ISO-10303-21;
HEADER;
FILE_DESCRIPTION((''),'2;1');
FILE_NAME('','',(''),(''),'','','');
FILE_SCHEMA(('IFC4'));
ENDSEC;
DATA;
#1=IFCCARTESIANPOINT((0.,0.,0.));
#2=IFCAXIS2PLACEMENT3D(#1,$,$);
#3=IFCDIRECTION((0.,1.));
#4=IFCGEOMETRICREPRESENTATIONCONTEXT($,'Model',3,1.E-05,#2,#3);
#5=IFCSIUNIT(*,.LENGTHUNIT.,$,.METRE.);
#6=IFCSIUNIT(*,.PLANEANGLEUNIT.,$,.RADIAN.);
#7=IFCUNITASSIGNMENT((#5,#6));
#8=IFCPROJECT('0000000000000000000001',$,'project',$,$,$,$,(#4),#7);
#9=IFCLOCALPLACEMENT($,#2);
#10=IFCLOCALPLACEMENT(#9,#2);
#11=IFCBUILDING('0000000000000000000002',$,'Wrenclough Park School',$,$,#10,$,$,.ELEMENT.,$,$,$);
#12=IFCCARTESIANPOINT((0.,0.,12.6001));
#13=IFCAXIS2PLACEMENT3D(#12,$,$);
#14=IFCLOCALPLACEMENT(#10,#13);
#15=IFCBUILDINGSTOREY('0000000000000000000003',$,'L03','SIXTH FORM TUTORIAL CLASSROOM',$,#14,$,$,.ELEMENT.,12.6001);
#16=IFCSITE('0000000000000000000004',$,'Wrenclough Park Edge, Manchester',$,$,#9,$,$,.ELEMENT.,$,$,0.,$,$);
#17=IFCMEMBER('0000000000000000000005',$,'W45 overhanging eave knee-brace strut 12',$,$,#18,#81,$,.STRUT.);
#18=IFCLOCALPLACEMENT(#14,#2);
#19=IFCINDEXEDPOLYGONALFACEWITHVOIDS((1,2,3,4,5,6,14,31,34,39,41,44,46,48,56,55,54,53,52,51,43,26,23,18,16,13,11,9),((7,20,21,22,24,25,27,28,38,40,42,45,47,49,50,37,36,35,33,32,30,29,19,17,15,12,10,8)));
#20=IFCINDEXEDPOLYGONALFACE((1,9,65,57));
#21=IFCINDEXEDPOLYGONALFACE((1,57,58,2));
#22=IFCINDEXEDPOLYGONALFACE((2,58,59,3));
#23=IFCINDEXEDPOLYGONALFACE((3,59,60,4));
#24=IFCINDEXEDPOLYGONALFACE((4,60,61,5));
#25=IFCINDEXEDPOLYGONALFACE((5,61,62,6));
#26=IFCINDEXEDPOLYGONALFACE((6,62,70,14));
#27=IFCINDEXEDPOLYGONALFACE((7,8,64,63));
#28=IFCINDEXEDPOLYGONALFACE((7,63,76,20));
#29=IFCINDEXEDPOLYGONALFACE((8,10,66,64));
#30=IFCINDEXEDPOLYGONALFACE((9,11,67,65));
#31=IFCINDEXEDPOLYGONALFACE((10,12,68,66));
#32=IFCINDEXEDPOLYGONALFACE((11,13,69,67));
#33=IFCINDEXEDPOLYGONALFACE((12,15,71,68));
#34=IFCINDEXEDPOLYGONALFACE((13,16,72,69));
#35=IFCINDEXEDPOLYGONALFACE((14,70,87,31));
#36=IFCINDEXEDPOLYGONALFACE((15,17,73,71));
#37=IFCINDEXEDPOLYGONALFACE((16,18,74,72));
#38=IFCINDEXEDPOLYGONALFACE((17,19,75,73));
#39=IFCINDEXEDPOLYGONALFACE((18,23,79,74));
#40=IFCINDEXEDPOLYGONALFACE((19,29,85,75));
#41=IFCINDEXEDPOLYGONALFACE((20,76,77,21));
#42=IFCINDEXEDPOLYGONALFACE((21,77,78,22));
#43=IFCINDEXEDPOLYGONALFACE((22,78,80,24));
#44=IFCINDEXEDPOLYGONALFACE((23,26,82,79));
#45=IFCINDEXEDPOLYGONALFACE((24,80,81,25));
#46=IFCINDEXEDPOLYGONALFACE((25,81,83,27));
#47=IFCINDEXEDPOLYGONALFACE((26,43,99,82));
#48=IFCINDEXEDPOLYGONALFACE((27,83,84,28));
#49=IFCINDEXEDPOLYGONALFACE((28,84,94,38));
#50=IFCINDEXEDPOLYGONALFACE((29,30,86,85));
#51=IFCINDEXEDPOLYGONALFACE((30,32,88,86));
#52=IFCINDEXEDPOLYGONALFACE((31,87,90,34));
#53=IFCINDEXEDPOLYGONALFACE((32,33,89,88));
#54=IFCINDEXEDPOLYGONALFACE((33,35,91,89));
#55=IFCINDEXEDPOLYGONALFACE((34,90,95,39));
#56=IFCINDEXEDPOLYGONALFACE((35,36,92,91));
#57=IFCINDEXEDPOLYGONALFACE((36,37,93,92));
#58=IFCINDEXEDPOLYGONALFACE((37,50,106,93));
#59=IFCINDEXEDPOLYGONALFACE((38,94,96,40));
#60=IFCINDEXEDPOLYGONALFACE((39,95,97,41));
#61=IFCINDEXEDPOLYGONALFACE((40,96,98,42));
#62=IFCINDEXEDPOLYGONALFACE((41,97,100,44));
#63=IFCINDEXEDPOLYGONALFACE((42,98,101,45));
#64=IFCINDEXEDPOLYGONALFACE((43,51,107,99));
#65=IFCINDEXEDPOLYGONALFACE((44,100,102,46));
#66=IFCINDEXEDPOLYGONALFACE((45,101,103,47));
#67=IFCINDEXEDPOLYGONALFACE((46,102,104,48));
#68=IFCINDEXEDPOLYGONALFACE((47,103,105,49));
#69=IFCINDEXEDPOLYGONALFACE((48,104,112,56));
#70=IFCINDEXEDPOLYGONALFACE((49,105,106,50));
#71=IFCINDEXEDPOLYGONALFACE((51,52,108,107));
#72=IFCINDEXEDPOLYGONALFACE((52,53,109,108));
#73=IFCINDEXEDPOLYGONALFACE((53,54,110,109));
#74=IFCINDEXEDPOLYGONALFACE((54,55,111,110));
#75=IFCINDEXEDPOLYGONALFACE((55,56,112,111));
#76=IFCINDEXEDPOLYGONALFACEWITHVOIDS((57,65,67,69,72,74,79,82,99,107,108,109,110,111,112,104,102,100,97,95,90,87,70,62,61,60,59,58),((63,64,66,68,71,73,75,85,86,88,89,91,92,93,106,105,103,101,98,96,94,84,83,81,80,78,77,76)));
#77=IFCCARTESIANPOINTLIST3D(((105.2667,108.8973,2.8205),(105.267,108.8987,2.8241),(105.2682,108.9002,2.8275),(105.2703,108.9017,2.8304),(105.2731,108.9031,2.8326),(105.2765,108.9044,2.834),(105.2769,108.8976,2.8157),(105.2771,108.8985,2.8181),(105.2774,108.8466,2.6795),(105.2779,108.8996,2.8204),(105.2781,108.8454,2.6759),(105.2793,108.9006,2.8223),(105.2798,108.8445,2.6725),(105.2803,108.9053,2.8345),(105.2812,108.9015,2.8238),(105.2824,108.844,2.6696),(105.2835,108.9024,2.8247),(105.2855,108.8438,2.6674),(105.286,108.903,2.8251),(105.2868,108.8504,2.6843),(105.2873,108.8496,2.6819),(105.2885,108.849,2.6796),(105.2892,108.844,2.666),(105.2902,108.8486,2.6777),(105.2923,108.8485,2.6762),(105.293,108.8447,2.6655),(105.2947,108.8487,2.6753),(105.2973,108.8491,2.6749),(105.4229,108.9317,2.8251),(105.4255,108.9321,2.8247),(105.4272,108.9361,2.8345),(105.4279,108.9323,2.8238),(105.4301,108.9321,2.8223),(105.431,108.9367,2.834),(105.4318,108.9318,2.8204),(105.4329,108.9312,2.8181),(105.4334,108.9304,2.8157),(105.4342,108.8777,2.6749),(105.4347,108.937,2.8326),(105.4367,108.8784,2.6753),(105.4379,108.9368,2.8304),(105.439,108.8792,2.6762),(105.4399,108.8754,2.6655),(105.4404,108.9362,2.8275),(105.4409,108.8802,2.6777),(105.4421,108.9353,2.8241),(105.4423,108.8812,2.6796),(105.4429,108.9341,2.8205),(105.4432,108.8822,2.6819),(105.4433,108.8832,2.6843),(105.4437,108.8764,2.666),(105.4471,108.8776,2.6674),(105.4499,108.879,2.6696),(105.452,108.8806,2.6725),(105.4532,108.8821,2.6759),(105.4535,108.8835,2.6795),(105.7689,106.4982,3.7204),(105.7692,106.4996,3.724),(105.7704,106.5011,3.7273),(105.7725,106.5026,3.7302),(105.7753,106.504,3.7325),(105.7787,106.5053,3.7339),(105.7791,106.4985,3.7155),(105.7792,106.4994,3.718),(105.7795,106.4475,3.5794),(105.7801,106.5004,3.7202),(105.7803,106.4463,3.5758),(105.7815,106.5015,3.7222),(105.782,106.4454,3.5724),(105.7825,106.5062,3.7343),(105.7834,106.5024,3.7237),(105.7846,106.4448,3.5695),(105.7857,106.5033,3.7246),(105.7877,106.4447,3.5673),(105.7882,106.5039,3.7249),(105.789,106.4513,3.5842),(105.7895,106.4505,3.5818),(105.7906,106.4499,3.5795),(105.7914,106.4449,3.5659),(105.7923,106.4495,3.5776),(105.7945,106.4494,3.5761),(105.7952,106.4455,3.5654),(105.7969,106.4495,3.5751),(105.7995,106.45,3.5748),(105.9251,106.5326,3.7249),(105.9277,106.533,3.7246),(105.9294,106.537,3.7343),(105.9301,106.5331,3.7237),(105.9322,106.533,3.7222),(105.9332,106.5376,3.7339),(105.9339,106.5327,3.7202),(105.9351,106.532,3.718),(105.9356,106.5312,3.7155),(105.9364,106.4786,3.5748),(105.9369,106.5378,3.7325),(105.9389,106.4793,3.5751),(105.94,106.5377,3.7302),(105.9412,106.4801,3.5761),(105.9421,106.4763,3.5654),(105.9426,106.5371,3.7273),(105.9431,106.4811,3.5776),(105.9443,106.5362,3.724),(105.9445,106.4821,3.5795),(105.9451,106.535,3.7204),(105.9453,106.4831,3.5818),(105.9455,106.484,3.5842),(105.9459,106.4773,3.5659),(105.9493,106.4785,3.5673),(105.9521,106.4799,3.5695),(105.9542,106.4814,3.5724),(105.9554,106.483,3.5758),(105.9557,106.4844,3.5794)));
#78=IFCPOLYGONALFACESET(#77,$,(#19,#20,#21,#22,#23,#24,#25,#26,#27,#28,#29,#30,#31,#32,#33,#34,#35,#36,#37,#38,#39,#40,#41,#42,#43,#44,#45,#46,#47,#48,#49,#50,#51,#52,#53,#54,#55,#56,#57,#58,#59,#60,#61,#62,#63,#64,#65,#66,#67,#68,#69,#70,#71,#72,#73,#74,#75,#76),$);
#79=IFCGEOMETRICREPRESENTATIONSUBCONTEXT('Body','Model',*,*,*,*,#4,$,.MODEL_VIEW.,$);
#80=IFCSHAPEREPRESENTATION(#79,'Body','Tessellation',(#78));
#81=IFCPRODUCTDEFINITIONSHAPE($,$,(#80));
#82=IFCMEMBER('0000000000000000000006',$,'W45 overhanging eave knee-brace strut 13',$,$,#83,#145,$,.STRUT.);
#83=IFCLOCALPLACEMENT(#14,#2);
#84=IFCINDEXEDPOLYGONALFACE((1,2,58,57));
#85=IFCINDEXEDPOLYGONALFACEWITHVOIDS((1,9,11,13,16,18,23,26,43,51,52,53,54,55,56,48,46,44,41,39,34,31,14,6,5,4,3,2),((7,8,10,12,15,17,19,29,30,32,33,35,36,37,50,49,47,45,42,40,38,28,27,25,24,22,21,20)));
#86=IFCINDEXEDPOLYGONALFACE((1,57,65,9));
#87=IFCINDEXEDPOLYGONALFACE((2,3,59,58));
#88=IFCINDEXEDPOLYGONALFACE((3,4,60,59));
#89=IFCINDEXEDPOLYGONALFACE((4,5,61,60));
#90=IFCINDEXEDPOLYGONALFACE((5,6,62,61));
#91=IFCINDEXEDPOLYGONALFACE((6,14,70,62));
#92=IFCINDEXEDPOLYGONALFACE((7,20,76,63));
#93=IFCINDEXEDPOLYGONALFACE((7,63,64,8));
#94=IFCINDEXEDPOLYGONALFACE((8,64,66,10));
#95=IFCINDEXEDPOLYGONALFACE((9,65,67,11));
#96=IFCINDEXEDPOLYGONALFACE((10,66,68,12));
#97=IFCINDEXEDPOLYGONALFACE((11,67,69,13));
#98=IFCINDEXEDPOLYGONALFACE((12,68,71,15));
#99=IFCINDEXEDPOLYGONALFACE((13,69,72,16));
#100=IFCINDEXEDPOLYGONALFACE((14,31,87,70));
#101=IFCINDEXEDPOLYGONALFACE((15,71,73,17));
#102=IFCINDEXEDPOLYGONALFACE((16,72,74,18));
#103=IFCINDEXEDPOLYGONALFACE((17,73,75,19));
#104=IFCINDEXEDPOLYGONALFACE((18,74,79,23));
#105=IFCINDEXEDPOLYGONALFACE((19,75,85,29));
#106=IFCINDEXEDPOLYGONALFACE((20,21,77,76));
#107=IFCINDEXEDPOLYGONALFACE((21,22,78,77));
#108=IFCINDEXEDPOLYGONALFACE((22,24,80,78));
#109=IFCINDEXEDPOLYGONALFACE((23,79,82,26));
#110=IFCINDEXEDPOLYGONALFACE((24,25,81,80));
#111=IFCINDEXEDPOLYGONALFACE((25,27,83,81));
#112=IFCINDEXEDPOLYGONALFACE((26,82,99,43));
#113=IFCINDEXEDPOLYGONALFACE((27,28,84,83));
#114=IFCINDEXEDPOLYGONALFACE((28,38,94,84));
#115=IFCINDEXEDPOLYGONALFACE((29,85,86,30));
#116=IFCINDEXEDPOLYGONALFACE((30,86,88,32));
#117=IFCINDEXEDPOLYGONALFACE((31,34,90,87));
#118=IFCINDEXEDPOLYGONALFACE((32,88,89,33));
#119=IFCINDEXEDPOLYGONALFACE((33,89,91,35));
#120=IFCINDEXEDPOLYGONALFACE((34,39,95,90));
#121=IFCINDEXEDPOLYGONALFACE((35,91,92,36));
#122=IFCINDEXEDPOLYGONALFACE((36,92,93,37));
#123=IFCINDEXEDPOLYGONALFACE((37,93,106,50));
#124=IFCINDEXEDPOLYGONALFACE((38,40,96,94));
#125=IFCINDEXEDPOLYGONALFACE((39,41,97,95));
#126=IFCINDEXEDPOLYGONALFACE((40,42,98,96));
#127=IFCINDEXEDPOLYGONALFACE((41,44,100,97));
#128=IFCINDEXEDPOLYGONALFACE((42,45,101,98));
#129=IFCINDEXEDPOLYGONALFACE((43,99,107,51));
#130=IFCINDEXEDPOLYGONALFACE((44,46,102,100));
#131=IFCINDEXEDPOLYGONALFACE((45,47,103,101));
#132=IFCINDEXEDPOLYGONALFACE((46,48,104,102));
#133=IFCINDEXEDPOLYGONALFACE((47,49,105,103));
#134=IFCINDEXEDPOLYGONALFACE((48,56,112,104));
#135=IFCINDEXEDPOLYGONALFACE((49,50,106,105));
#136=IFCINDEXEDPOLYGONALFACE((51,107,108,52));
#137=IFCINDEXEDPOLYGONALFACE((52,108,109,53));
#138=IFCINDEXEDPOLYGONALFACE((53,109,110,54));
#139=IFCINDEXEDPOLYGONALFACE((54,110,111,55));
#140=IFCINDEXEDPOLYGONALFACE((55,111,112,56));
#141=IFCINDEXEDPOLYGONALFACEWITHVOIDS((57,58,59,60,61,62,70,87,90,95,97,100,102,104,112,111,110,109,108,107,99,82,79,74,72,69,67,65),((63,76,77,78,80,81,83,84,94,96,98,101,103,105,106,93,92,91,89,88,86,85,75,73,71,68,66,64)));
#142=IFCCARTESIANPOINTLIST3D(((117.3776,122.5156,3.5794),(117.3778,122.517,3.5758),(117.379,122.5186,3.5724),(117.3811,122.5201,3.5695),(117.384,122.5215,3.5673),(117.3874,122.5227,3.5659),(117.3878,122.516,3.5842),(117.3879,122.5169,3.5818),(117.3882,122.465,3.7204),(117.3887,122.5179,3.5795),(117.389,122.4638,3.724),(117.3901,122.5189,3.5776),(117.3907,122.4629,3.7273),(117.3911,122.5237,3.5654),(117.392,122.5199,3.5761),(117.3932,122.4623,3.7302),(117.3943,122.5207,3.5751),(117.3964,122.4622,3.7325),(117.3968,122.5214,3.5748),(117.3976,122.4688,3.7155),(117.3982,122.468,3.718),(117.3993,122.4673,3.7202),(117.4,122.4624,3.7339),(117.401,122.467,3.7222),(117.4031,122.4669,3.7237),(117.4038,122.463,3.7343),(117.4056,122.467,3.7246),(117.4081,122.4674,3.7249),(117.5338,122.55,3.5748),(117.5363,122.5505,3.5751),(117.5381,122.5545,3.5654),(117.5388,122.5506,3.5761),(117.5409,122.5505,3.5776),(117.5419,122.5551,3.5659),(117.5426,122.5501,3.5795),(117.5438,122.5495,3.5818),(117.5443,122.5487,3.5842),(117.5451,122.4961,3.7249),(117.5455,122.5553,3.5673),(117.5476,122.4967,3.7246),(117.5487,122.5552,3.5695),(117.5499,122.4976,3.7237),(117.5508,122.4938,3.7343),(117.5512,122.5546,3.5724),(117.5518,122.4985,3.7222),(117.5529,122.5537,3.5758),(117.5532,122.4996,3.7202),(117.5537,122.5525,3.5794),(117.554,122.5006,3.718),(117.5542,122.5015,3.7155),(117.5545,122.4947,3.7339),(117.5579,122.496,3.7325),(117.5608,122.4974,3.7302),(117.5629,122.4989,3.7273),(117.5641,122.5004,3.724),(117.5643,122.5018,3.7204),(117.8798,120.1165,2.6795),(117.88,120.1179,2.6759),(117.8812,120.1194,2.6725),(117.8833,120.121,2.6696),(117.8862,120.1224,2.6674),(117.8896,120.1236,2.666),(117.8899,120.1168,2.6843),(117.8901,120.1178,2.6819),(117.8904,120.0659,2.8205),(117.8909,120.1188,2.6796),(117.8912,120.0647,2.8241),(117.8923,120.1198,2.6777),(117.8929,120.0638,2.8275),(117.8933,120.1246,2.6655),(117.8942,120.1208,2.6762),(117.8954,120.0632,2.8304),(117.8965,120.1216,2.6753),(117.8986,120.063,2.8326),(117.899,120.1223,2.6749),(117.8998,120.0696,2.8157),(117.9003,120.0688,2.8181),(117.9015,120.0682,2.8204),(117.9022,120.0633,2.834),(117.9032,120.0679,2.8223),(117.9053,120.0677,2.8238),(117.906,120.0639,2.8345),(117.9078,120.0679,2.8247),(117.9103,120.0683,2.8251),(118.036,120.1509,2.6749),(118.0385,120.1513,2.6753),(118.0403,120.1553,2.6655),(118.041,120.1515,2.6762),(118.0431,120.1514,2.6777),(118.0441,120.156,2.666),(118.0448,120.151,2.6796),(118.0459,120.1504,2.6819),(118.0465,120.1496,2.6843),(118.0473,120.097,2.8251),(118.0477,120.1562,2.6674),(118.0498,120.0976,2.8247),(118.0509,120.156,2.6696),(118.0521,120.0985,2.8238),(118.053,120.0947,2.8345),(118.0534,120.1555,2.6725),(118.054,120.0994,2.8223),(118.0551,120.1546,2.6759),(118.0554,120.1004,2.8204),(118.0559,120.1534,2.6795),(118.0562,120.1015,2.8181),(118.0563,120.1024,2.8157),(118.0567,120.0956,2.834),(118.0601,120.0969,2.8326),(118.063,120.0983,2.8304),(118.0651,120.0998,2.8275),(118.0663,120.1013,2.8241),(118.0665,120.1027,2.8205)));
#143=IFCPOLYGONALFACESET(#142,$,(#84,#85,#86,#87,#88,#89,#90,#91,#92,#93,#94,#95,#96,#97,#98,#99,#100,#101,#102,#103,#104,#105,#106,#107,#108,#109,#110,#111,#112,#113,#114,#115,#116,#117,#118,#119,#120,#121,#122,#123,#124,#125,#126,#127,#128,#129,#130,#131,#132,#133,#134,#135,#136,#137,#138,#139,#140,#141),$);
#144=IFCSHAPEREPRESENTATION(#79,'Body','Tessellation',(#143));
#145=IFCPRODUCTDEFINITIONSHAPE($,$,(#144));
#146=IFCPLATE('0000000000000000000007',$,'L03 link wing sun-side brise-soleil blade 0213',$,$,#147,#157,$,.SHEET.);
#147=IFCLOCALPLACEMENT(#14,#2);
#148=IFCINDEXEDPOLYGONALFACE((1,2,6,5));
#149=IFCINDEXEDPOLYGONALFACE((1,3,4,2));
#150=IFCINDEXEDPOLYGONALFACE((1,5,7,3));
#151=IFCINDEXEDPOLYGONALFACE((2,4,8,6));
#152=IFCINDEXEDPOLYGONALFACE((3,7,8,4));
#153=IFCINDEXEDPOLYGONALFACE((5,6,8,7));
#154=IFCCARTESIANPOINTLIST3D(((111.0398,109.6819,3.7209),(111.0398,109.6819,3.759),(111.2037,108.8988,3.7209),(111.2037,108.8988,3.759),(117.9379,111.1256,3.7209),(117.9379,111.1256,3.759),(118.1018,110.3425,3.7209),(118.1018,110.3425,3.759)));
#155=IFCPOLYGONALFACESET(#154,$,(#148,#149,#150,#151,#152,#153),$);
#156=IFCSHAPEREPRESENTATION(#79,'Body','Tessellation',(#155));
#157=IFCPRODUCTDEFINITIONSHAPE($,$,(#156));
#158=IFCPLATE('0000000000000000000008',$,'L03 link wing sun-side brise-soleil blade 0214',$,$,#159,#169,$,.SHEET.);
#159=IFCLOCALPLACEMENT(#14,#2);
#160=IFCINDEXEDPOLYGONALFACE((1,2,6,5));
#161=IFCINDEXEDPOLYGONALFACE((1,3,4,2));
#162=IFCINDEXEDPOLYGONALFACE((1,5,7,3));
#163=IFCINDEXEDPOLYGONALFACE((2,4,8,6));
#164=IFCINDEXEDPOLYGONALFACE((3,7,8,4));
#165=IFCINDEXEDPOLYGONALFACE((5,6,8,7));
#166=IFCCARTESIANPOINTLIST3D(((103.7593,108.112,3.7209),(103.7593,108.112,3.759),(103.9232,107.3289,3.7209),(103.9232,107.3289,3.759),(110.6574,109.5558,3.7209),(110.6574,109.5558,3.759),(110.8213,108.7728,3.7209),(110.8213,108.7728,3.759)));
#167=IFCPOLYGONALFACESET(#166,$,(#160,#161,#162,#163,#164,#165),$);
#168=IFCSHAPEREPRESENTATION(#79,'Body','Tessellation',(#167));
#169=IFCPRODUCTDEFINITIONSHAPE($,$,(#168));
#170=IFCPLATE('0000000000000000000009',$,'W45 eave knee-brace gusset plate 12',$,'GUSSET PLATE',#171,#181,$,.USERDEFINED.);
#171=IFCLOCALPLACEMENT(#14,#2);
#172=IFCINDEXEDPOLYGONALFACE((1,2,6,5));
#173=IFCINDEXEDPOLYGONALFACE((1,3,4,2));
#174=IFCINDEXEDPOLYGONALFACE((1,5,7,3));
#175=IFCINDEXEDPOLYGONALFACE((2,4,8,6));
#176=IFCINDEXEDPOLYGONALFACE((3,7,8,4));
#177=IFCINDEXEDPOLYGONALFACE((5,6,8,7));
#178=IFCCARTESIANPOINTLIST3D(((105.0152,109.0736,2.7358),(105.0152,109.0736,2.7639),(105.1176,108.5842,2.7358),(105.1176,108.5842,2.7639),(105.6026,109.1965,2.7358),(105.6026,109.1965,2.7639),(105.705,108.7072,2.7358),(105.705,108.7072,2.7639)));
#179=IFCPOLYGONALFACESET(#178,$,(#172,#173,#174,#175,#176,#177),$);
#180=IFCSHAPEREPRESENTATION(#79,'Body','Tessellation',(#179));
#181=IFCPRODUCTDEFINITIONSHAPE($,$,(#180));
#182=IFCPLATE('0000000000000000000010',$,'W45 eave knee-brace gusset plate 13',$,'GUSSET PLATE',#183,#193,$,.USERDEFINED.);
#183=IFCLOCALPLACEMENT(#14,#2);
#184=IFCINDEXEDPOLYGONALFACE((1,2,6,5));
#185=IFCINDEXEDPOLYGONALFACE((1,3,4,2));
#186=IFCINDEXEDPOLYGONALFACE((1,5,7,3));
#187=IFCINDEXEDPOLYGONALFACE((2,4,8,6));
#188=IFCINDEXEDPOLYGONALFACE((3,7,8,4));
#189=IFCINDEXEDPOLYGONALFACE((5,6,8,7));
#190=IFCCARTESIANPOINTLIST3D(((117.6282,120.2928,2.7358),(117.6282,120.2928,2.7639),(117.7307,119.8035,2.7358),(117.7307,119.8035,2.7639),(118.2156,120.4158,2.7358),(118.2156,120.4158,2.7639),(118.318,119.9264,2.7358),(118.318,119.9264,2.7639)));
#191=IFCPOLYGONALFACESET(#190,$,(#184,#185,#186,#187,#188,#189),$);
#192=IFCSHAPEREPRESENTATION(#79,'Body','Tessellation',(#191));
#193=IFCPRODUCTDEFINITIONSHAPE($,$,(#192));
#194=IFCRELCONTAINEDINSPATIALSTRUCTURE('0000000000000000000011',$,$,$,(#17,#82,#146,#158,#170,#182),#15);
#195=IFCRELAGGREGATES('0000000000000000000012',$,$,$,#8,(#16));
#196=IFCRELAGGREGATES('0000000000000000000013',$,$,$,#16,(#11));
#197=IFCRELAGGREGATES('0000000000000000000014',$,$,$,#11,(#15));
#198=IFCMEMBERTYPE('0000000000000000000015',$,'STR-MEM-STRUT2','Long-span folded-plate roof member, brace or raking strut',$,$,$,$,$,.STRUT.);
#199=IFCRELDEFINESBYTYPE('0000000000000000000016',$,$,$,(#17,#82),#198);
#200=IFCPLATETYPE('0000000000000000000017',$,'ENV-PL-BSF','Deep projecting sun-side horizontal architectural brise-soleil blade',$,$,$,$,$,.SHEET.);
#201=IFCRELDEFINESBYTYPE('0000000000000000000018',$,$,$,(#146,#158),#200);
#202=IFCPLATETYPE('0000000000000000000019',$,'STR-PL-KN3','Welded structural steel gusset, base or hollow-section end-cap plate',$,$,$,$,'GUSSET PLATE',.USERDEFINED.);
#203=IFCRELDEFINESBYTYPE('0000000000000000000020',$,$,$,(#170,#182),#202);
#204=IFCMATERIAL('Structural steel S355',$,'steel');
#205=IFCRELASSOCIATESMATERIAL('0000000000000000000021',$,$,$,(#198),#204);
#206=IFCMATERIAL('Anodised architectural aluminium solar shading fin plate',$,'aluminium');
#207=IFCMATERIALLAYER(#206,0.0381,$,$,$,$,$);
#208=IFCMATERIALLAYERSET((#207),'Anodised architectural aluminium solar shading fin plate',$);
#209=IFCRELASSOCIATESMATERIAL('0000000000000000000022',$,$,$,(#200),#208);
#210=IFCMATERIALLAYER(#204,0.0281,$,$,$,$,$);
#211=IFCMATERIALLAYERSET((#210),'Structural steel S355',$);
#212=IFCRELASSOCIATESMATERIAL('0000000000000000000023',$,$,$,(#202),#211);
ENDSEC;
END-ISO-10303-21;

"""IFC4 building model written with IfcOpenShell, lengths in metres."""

from ifc_helpers import new_model, si_unit, direction, frame, origin, origin_2d, place, context, subcontext, project, spatial, rectangle, hollow_rectangle, extrude, material, layer, layer_set, material_profile, profile_set, type_object, element, save


model = new_model("IFC4")

# Units and contexts
model_context = context("Model", 3, precision=1e-05, world=origin(), true_north=direction((0.0, 1.0)))
body_context = subcontext(model_context, "Body", "Model", "MODEL_VIEW")
ifc_project = project(units=[si_unit("LENGTHUNIT", "METRE"), si_unit("PLANEANGLEUNIT", "RADIAN")], contexts=[model_context])

# Site, building, storey
site_placement = place(None, origin())
site = spatial("IfcSite", under=ifc_project, at=site_placement, Name="Wrenclough Park Edge, Manchester", CompositionType="ELEMENT", RefElevation=0.0)
building_placement = place(site_placement, origin())
building = spatial("IfcBuilding", under=site, at=building_placement, Name="Wrenclough Park School", CompositionType="ELEMENT")
storey_placement = place(building_placement, frame((0.0, 0.0, 12.6001)))
storey = spatial("IfcBuildingStorey", under=building, at=storey_placement, Name="L03", Description="SIXTH FORM TUTORIAL CLASSROOM", CompositionType="ELEMENT", Elevation=12.6001)

# Shared definitions
ifc_material_1 = material(Name="Structural steel S355", Category="steel")

# Members
ifc_material_profile_1 = material_profile(ifc_material_1, hollow_rectangle(XDim=0.1799, YDim=0.1799, WallThickness=0.01, InnerFilletRadius=0.01, OuterFilletRadius=0.0149, at=origin_2d()), Name="SHS 180x180x10.0")
ifc_profile_set_1 = profile_set([ifc_material_profile_1], Name="Structural steel S355")
member_type = type_object("IfcMemberType", Name="STR-MEM-STRUT2", Description="Long-span folded-plate roof member, brace or raking strut", PredefinedType="STRUT", material=ifc_profile_set_1)
for number, where, z_axis, x_axis, name in (
    (1, (105.3601, 108.8904, 2.75), (0.192329, -0.918822, 0.34464), (0.978787, 0.204881, 0.0), "W45 overhanging eave knee-brace strut 12"),
    (2, (117.9731, 120.1096, 2.75), (-0.192329, 0.918822, 0.34464), (-0.978787, -0.204881, 0.0), "W45 overhanging eave knee-brace strut 13"),
):
    element("IfcMember", number, at=place(storey_placement, frame(where, z_axis=z_axis, x_axis=x_axis)), inside=storey, type_object=member_type, Name=name, PredefinedType="STRUT", context=body_context, shape_type="SweptSolid", body=[
        extrude(hollow_rectangle(XDim=0.1799, YDim=0.1799, WallThickness=0.01, InnerFilletRadius=0.01, OuterFilletRadius=0.0149, at=origin_2d()), origin(), (0.0, 0.0, 1.0), 2.6111),
    ])

# Plates
ifc_material_2 = material(Name="Anodised architectural aluminium solar shading fin plate", Category="aluminium")
ifc_layer_1 = layer(ifc_material_2, 0.0381)
ifc_layer_set_1 = layer_set([ifc_layer_1], Name="Anodised architectural aluminium solar shading fin plate")
plate_type_1 = type_object("IfcPlateType", Name="ENV-PL-BSF", Description="Deep projecting sun-side horizontal architectural brise-soleil blade", PredefinedType="SHEET", material=ifc_layer_set_1)
for number, where, z_axis, x_axis, name in (
    (3, (114.5708, 110.0122, 3.7209), (0.0, 0.0, 1.0), (-0.978793, -0.204854, 0.0), "L03 link wing sun-side brise-soleil blade 0213"),
    (4, (107.2903, 108.4424, 3.7209), (0.0, 0.0, 1.0), (-0.978789, -0.204869, 0.0), "L03 link wing sun-side brise-soleil blade 0214"),
):
    element("IfcPlate", number, at=place(storey_placement, frame(where, z_axis=z_axis, x_axis=x_axis)), inside=storey, type_object=plate_type_1, Name=name, PredefinedType="SHEET", context=body_context, shape_type="SweptSolid", body=[
        extrude(rectangle(XDim=7.0476, YDim=0.8, at=origin_2d()), origin(), (0.0, 0.0, 1.0), 0.0381),
    ])
ifc_layer_2 = layer(ifc_material_1, 0.0281)
ifc_layer_set_2 = layer_set([ifc_layer_2], Name="Structural steel S355")
plate_type_2 = type_object("IfcPlateType", Name="STR-PL-KN3", Description="Welded structural steel gusset, base or hollow-section end-cap plate", ElementType="GUSSET PLATE", PredefinedType="USERDEFINED", material=ifc_layer_set_2)
for number, where, z_axis, x_axis, name in (
    (5, (105.3601, 108.8904, 2.7358), (0.0, 0.0, 1.0), (0.978791, 0.204863, 0.0), "W45 eave knee-brace gusset plate 12"),
    (6, (117.9731, 120.1096, 2.7358), (0.0, 0.0, 1.0), (0.978791, 0.204863, 0.0), "W45 eave knee-brace gusset plate 13"),
):
    element("IfcPlate", number, at=place(storey_placement, frame(where, z_axis=z_axis, x_axis=x_axis)), inside=storey, type_object=plate_type_2, Name=name, ObjectType="GUSSET PLATE", PredefinedType="USERDEFINED", context=body_context, shape_type="SweptSolid", body=[
        extrude(rectangle(XDim=0.6001, YDim=0.5, at=origin_2d()), origin(), (0.0, 0.0, 1.0), 0.0281),
    ])

save(model, "model.ifc")
